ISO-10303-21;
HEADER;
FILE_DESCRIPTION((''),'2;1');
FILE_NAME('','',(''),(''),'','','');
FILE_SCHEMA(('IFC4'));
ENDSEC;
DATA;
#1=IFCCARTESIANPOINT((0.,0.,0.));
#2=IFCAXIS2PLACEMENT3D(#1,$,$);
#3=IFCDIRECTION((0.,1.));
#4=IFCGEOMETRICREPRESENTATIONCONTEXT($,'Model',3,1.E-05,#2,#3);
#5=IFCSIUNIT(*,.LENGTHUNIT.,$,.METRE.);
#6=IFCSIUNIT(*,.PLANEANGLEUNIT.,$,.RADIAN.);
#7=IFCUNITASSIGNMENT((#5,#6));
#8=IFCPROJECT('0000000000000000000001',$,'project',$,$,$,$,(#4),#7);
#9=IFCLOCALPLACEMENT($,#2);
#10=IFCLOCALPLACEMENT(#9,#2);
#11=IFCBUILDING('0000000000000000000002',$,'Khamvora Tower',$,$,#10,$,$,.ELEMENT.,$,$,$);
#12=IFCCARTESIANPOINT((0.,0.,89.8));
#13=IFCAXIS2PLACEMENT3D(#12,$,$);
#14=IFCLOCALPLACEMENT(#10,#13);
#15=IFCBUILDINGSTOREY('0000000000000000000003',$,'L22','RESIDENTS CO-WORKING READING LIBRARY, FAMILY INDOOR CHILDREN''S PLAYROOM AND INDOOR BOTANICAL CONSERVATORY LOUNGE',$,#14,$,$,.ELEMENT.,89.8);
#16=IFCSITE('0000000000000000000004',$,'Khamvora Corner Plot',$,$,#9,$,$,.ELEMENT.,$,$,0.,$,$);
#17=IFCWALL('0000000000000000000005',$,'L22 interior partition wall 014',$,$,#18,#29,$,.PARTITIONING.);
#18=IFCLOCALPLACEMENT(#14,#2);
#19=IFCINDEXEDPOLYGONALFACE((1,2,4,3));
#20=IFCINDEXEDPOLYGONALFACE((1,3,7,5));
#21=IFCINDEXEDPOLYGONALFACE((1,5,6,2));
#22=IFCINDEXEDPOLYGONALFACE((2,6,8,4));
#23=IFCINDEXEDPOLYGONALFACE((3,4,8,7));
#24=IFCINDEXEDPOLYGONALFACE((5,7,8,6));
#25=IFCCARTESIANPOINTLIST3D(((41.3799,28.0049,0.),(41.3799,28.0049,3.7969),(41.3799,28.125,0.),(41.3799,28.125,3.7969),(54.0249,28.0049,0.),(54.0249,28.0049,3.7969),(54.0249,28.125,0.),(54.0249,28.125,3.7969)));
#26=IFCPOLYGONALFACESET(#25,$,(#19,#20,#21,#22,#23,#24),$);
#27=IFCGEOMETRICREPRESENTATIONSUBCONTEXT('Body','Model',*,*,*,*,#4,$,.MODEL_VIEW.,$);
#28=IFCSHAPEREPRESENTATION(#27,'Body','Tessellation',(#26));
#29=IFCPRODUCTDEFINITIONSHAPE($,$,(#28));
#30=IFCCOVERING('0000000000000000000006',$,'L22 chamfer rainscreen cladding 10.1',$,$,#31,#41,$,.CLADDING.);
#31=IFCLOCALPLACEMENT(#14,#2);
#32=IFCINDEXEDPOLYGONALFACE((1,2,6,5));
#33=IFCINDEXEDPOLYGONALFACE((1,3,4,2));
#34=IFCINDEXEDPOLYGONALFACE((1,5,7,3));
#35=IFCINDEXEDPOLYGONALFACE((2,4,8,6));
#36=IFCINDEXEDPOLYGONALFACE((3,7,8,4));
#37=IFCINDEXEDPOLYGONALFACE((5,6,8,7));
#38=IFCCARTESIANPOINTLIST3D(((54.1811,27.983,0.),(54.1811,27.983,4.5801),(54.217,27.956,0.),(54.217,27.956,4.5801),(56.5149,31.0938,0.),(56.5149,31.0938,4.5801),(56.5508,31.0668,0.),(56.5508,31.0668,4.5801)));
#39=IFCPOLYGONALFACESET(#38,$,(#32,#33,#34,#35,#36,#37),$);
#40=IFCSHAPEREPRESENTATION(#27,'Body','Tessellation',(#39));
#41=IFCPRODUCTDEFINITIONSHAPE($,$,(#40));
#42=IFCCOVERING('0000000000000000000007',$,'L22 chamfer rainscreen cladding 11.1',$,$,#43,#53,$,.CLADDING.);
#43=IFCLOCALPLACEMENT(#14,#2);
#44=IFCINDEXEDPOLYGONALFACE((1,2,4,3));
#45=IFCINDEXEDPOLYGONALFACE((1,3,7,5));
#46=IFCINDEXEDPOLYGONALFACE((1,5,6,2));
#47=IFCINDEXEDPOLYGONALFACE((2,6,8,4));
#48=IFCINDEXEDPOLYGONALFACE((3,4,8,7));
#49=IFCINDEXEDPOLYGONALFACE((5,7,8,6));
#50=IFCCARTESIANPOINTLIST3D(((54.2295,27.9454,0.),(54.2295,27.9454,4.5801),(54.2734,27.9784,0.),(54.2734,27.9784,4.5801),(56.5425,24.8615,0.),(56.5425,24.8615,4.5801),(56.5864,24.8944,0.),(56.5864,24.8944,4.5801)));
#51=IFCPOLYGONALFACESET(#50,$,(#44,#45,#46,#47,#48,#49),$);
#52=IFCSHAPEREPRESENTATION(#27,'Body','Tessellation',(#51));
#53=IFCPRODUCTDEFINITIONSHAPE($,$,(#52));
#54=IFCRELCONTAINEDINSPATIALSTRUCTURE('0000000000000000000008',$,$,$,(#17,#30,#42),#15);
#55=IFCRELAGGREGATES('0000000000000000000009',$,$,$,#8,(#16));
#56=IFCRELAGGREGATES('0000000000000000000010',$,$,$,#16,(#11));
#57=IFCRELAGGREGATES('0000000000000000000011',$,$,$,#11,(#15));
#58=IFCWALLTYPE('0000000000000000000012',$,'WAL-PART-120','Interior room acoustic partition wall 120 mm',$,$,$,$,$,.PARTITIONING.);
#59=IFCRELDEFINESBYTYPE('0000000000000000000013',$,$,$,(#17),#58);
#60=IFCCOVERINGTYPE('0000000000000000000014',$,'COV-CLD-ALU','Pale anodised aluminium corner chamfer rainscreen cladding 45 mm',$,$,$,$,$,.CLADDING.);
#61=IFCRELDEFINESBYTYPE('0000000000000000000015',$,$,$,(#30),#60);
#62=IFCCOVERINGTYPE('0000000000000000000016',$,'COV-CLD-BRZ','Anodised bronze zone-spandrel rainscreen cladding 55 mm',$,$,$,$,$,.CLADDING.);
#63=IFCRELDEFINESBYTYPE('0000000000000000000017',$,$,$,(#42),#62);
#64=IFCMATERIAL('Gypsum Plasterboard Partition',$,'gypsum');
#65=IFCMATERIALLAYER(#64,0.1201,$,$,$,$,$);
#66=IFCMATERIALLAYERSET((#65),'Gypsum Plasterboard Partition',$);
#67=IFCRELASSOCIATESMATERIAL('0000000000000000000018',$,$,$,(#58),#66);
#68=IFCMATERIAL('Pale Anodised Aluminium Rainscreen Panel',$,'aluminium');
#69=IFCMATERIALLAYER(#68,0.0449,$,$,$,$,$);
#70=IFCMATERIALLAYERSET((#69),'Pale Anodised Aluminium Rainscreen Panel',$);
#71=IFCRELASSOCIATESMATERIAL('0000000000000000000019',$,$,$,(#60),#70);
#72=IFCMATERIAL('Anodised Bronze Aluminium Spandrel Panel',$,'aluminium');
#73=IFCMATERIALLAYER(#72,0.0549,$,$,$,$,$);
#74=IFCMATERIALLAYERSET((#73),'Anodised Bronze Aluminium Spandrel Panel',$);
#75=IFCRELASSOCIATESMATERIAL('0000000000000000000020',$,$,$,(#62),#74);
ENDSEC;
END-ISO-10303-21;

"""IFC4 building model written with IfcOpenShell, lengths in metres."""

from ifc_helpers import new_model, si_unit, direction, frame, frame_2d, origin, origin_2d, place, context, subcontext, project, spatial, rectangle, extrude, material, layer, layer_set, type_object, element, save


model = new_model("IFC4")

# Units and contexts
model_context = context("Model", 3, precision=1e-05, world=origin(), true_north=direction((0.0, 1.0)))
body_context = subcontext(model_context, "Body", "Model", "MODEL_VIEW")
ifc_project = project(units=[si_unit("LENGTHUNIT", "METRE"), si_unit("PLANEANGLEUNIT", "RADIAN")], contexts=[model_context])

# Site, building, storey
site_placement = place(None, origin())
site = spatial("IfcSite", under=ifc_project, at=site_placement, Name="Khamvora Corner Plot", CompositionType="ELEMENT", RefElevation=0.0)
building_placement = place(site_placement, origin())
building = spatial("IfcBuilding", under=site, at=building_placement, Name="Khamvora Tower", CompositionType="ELEMENT")
storey_placement = place(building_placement, frame((0.0, 0.0, 89.8)))
storey = spatial("IfcBuildingStorey", under=building, at=storey_placement, Name="L22", Description="RESIDENTS CO-WORKING READING LIBRARY, FAMILY INDOOR CHILDREN'S PLAYROOM AND INDOOR BOTANICAL CONSERVATORY LOUNGE", CompositionType="ELEMENT", Elevation=89.8)

# Wall
ifc_material_1 = material(Name="Gypsum Plasterboard Partition", Category="gypsum")
ifc_layer_1 = layer(ifc_material_1, 0.1201)
ifc_layer_set_1 = layer_set([ifc_layer_1], Name="Gypsum Plasterboard Partition")
wall_type_1 = type_object("IfcWallType", Name="WAL-PART-120", Description="Interior room acoustic partition wall 120 mm", PredefinedType="PARTITIONING", material=ifc_layer_set_1)
wall_1_placement = place(storey_placement, frame((41.3799, 28.0649, 0.0), z_axis=(0.0, 0.0, 1.0), x_axis=(1.0, 0.0, 0.0)))
element("IfcWall", 1, at=wall_1_placement, inside=storey, type_object=wall_type_1, Name="L22 interior partition wall 014", PredefinedType="PARTITIONING", context=body_context, shape_type="SweptSolid", body=[
    extrude(rectangle(XDim=12.645, YDim=0.1201, at=frame_2d((6.3225, 0.0))), origin(), (0.0, 0.0, 1.0), 3.7969),
])

# Coverings
ifc_material_2 = material(Name="Pale Anodised Aluminium Rainscreen Panel", Category="aluminium")
ifc_layer_2 = layer(ifc_material_2, 0.0449)
ifc_layer_set_2 = layer_set([ifc_layer_2], Name="Pale Anodised Aluminium Rainscreen Panel")
covering_type_1 = type_object("IfcCoveringType", Name="COV-CLD-ALU", Description="Pale anodised aluminium corner chamfer rainscreen cladding 45 mm", PredefinedType="CLADDING", material=ifc_layer_set_2)
covering_1_placement = place(storey_placement, frame((55.366, 29.5249, 0.0), z_axis=(0.0, 0.0, 1.0), x_axis=(-0.60012, -0.79991, 0.0)))
element("IfcCovering", 2, at=covering_1_placement, inside=storey, type_object=covering_type_1, Name="L22 chamfer rainscreen cladding 10.1", PredefinedType="CLADDING", context=body_context, shape_type="SweptSolid", body=[
    extrude(rectangle(XDim=3.8889, YDim=0.0449, at=origin_2d()), origin(), (0.0, 0.0, 1.0), 4.5801),
])
ifc_material_3 = material(Name="Anodised Bronze Aluminium Spandrel Panel", Category="aluminium")
ifc_layer_3 = layer(ifc_material_3, 0.0549)
ifc_layer_set_3 = layer_set([ifc_layer_3], Name="Anodised Bronze Aluminium Spandrel Panel")
covering_type_2 = type_object("IfcCoveringType", Name="COV-CLD-BRZ", Description="Anodised bronze zone-spandrel rainscreen cladding 55 mm", PredefinedType="CLADDING", material=ifc_layer_set_3)
covering_2_placement = place(storey_placement, frame((55.408, 26.4199, 0.0), z_axis=(0.0, 0.0, 1.0), x_axis=(0.6, -0.8, 0.0)))
element("IfcCovering", 3, at=covering_2_placement, inside=storey, type_object=covering_type_2, Name="L22 chamfer rainscreen cladding 11.1", PredefinedType="CLADDING", context=body_context, shape_type="SweptSolid", body=[
    extrude(rectangle(XDim=3.855, YDim=0.0549, at=origin_2d()), origin(), (0.0, 0.0, 1.0), 4.5801),
])

save(model, "model.ifc")
